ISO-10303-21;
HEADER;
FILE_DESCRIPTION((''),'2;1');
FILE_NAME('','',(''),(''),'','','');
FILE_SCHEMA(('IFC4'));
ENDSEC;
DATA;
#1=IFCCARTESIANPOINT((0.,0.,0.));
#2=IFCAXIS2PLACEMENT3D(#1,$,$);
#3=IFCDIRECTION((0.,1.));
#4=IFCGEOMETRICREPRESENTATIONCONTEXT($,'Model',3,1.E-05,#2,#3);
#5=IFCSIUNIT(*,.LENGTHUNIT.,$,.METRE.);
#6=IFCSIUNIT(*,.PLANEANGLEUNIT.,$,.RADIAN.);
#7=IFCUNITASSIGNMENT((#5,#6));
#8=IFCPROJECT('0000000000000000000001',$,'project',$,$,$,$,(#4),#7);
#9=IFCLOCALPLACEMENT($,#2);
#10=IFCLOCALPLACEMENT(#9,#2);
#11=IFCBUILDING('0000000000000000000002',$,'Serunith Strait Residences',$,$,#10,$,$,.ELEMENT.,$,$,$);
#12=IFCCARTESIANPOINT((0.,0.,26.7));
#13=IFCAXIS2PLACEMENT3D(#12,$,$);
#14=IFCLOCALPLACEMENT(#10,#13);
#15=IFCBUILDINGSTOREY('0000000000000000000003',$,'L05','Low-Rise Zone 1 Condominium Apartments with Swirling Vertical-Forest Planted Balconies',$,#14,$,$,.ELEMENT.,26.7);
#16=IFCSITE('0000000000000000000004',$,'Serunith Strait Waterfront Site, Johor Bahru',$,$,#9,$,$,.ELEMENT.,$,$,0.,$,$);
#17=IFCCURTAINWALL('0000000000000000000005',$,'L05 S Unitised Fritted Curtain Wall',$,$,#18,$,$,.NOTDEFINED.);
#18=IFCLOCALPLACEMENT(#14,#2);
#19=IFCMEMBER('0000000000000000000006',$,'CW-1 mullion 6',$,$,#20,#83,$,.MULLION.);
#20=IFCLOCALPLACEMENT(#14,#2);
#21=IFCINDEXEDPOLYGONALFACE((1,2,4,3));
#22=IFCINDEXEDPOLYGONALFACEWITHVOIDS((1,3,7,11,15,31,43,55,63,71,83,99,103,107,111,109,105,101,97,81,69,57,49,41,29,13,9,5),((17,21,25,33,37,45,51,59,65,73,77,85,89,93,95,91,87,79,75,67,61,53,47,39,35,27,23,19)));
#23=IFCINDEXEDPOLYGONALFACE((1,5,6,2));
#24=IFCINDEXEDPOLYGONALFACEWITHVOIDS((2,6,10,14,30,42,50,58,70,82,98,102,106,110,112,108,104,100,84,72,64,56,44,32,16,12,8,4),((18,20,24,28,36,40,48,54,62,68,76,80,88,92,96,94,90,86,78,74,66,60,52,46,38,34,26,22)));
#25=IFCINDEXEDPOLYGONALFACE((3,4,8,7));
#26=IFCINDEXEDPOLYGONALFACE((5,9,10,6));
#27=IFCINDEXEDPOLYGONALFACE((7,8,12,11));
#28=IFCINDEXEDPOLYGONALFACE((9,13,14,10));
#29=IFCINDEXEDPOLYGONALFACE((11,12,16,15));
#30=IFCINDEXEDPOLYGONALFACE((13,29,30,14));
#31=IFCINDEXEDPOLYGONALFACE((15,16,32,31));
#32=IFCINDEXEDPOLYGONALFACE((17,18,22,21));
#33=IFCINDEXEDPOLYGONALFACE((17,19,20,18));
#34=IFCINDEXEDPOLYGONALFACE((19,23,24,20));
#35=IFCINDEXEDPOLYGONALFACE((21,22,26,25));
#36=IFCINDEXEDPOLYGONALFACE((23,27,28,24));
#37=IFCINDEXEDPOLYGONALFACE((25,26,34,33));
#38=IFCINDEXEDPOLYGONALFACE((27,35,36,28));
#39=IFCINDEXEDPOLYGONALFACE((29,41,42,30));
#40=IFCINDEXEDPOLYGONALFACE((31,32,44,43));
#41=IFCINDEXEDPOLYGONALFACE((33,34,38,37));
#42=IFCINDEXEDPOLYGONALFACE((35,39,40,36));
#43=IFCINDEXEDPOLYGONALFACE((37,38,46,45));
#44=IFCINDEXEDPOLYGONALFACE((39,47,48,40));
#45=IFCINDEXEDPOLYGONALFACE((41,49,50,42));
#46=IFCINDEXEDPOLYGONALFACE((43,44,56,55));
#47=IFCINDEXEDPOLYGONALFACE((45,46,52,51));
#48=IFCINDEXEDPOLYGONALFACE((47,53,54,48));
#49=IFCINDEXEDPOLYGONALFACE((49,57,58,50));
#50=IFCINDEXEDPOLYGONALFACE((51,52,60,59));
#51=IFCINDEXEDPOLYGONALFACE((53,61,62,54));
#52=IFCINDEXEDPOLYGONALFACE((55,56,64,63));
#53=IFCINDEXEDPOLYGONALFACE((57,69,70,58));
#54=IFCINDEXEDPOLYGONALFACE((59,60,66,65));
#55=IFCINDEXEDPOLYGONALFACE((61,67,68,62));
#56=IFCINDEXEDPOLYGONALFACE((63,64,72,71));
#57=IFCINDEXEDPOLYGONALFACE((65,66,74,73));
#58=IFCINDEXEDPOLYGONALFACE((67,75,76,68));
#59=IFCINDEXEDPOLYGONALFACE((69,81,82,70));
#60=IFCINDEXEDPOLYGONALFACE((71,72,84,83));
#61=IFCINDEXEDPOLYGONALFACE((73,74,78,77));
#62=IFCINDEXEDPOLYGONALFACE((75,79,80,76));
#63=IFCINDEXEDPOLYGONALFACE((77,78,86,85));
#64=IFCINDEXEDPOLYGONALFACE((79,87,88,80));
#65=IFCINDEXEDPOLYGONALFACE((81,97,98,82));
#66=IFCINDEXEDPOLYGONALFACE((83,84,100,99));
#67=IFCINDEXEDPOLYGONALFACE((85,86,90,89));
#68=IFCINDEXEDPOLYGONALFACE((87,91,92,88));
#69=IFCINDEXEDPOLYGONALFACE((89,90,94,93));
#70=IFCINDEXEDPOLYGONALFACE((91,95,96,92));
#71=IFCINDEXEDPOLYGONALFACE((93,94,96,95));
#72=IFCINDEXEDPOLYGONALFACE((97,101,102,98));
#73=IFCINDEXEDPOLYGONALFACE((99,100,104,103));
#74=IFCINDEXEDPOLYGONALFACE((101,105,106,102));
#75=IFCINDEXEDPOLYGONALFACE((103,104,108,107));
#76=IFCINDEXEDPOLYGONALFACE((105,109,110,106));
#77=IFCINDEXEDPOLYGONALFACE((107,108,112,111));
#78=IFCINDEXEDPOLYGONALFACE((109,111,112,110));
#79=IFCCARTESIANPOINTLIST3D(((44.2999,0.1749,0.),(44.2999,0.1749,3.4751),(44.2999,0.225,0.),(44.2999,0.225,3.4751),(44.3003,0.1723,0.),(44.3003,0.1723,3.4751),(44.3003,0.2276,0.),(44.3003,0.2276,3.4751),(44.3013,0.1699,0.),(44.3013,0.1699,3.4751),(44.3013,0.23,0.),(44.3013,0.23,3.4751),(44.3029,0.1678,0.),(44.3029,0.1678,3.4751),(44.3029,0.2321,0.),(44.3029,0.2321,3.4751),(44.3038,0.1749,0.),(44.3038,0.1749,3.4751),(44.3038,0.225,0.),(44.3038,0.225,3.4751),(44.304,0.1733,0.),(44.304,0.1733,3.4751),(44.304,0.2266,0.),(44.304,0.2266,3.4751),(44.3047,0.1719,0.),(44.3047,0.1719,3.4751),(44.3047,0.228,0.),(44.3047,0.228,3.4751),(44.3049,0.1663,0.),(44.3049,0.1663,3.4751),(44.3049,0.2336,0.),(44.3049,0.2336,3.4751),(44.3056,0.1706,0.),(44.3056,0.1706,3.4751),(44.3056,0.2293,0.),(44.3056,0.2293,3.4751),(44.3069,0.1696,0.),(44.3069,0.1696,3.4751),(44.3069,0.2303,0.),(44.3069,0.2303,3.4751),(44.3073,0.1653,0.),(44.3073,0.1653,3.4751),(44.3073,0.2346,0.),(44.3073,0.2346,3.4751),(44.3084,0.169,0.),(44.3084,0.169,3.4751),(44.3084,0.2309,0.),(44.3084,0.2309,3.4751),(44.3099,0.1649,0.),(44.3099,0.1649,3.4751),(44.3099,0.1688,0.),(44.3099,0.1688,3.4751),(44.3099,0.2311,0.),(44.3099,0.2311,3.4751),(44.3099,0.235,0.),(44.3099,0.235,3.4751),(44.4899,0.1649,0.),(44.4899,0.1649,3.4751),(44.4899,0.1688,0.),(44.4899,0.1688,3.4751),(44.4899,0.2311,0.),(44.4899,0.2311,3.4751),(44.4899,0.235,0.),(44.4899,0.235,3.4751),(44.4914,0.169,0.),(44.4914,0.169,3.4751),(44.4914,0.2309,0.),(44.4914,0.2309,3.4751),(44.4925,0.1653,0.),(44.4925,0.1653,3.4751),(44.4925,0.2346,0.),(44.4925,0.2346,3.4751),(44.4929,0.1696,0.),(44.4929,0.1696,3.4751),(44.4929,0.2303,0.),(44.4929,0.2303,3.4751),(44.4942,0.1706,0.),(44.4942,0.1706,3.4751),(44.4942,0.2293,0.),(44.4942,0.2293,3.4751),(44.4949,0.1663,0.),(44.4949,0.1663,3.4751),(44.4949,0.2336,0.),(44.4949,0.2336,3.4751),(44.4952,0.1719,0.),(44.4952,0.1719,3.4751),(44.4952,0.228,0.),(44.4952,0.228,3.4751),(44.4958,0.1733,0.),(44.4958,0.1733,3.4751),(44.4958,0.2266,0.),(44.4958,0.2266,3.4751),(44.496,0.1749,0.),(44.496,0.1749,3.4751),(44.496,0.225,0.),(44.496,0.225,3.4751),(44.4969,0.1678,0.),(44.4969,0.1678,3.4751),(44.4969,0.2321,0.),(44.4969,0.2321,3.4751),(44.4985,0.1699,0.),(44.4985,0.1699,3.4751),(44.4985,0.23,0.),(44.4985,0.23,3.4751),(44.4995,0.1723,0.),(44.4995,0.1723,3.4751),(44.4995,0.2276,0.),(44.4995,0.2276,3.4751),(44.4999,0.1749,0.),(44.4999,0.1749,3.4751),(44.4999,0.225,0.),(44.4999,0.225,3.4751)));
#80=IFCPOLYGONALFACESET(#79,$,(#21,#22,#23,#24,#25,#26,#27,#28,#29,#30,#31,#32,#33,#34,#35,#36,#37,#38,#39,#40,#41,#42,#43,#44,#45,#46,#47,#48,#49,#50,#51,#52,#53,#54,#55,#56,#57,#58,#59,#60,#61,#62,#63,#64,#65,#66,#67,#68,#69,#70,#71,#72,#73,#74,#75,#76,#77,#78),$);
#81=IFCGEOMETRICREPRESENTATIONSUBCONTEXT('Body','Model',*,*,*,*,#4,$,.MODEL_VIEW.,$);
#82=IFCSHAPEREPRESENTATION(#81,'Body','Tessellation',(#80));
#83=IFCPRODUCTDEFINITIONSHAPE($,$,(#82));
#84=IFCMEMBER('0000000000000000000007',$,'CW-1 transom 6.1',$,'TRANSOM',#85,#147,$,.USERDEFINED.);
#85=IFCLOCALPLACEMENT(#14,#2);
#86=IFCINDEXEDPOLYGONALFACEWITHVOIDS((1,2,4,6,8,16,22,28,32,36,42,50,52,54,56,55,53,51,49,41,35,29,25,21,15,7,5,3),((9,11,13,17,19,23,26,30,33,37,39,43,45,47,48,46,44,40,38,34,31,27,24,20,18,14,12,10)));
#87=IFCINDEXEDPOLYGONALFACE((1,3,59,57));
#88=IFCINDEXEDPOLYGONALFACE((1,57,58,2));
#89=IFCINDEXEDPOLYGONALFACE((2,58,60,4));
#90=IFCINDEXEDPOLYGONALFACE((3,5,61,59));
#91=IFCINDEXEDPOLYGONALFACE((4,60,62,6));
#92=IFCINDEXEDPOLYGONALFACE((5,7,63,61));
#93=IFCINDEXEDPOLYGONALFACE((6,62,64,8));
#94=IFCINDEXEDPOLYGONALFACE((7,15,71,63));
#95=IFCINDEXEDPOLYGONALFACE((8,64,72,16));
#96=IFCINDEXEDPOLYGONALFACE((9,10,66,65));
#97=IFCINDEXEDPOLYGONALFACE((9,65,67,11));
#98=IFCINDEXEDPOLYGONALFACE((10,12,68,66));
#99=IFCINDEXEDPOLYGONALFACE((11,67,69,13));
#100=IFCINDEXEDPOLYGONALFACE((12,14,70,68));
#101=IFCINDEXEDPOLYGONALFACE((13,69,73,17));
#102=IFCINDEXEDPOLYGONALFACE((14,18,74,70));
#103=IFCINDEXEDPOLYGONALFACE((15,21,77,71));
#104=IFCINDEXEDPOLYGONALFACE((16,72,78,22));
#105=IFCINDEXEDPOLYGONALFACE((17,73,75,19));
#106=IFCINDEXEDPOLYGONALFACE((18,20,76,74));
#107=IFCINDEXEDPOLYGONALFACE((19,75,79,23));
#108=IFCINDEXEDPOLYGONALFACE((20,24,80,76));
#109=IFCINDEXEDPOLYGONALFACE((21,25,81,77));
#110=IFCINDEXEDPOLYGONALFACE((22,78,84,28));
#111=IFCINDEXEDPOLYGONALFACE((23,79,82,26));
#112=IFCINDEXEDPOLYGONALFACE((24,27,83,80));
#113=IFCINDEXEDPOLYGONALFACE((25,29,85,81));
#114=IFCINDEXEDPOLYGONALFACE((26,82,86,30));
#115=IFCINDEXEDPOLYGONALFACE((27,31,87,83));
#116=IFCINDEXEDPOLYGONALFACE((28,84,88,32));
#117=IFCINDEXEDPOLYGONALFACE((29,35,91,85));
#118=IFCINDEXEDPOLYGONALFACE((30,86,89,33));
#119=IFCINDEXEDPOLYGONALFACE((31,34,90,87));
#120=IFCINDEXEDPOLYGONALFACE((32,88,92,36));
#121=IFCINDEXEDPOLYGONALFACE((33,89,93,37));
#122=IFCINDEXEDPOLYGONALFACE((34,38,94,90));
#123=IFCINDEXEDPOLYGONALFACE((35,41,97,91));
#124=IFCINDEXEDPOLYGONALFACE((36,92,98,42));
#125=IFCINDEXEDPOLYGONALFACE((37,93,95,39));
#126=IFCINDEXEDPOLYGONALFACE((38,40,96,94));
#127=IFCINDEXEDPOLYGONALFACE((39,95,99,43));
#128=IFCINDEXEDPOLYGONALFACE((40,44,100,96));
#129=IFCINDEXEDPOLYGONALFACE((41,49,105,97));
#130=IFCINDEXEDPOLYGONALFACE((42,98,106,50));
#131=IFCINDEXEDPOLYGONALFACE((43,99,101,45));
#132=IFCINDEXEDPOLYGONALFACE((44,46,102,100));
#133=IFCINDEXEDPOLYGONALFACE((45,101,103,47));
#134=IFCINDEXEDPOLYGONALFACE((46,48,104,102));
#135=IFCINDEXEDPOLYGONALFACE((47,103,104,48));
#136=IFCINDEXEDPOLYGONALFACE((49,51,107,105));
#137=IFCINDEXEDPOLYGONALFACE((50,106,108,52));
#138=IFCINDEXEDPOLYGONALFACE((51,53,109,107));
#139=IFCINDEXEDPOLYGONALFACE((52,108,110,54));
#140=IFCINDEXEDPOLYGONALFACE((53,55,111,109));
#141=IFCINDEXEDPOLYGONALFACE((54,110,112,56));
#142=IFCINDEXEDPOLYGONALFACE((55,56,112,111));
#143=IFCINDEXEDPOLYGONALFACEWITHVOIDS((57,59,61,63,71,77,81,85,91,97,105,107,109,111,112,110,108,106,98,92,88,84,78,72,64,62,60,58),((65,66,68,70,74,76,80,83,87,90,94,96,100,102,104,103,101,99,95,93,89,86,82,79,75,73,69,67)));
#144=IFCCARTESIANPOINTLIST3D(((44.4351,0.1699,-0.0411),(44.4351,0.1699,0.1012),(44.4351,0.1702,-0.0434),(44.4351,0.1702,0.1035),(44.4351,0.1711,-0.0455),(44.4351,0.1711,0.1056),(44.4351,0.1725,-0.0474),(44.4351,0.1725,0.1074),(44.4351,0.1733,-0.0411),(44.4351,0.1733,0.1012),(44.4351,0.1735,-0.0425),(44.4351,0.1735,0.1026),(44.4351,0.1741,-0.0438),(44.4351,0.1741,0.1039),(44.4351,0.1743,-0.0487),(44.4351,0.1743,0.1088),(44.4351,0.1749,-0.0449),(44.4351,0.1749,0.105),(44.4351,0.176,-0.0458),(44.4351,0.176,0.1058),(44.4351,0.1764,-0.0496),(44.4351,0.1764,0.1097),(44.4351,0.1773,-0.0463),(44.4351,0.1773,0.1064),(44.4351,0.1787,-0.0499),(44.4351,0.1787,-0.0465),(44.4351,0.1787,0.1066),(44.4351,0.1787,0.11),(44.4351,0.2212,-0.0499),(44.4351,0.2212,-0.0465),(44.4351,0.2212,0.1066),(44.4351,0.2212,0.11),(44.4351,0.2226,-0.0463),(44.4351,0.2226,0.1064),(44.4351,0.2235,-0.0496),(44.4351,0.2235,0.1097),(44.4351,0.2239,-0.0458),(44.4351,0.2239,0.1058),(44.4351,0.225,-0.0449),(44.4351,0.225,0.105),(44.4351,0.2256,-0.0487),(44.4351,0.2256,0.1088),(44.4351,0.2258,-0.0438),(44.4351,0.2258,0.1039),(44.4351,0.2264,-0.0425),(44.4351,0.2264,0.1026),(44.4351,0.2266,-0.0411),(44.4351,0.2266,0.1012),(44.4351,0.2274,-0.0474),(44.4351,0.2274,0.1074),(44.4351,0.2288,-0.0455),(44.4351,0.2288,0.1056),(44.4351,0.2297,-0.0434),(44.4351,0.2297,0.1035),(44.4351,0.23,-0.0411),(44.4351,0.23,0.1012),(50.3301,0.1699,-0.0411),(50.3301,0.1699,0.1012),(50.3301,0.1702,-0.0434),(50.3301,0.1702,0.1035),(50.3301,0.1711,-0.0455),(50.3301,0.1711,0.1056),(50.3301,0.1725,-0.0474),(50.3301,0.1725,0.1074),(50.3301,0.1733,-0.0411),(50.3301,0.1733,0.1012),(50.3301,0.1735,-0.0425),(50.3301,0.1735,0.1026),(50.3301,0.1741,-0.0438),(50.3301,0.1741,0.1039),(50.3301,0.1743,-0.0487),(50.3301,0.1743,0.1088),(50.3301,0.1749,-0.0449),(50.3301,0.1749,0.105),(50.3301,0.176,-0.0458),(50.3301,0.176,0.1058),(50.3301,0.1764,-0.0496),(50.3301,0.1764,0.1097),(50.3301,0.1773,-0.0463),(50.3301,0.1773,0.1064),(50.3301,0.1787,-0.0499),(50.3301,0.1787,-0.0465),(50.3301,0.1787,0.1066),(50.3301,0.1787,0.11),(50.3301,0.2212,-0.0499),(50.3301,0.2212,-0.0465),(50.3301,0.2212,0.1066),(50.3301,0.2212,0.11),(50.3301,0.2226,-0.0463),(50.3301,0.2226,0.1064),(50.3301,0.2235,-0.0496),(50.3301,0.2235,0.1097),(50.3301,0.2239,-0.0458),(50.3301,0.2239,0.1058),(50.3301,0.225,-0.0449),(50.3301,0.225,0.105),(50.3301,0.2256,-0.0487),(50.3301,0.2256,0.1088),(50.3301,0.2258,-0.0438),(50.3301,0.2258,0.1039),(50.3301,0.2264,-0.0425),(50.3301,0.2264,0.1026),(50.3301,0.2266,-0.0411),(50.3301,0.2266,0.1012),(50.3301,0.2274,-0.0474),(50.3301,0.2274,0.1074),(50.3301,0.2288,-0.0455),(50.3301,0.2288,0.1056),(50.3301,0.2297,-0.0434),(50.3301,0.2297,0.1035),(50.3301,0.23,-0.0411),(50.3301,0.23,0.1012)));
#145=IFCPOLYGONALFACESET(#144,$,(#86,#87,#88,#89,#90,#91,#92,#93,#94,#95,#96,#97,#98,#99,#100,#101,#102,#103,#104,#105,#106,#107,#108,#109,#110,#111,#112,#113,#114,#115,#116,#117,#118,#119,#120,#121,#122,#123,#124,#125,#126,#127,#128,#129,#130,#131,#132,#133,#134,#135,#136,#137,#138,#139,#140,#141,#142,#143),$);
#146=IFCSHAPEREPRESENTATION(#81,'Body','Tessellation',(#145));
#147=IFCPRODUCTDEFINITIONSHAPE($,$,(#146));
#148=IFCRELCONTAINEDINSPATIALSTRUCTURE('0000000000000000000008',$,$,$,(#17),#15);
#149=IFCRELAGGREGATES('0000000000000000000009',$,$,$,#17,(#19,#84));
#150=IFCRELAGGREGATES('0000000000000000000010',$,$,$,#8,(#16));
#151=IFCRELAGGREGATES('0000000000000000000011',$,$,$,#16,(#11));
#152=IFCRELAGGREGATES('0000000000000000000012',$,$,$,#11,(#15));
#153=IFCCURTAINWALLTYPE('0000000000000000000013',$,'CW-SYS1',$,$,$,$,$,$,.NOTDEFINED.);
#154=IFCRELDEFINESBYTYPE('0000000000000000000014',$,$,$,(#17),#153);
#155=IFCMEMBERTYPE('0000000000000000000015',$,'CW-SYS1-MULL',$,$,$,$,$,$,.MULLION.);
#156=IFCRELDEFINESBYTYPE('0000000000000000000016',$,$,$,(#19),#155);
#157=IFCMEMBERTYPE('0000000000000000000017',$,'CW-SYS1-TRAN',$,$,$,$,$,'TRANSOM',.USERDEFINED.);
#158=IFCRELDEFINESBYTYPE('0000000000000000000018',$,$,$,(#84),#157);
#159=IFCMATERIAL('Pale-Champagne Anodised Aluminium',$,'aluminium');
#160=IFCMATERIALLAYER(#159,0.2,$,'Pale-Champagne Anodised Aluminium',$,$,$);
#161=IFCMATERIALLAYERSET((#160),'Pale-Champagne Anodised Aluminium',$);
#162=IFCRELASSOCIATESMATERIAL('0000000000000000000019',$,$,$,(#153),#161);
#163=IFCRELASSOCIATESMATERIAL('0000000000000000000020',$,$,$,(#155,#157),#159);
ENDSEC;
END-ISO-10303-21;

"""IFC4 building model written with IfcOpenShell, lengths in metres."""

from ifc_helpers import new_model, si_unit, direction, frame, origin, origin_2d, place, context, subcontext, project, spatial, hollow_rectangle, extrude, source, transform, mapped, material, layer, layer_set, material_profile, profile_set, type_object, element, aggregate, save


model = new_model("IFC4")

# Units and contexts
model_context = context("Model", 3, precision=1e-05, world=origin(), true_north=direction((0.0, 1.0)))
body_context = subcontext(model_context, "Body", "Model", "MODEL_VIEW")
ifc_project = project(units=[si_unit("LENGTHUNIT", "METRE"), si_unit("PLANEANGLEUNIT", "RADIAN")], contexts=[model_context])

# Site, building, storey
site_placement = place(None, origin())
site = spatial("IfcSite", under=ifc_project, at=site_placement, Name="Serunith Strait Waterfront Site, Johor Bahru", CompositionType="ELEMENT", RefElevation=0.0)
building_placement = place(site_placement, origin())
building = spatial("IfcBuilding", under=site, at=building_placement, Name="Serunith Strait Residences", CompositionType="ELEMENT")
storey_placement = place(building_placement, frame((0.0, 0.0, 26.7)))
storey = spatial("IfcBuildingStorey", under=building, at=storey_placement, Name="L05", Description="Low-Rise Zone 1 Condominium Apartments with Swirling Vertical-Forest Planted Balconies", CompositionType="ELEMENT", Elevation=26.7)

# Curtain wall, members
ifc_material_1 = material(Name="Pale-Champagne Anodised Aluminium", Category="aluminium")
ifc_layer_1 = layer(ifc_material_1, 0.2, Name="Pale-Champagne Anodised Aluminium")
ifc_layer_set_1 = layer_set([ifc_layer_1], Name="Pale-Champagne Anodised Aluminium")
curtain_wall_type = type_object("IfcCurtainWallType", Name="CW-SYS1", PredefinedType="NOTDEFINED", material=ifc_layer_set_1)
curtain_wall_placement = place(storey_placement, origin())
curtain_wall = element("IfcCurtainWall", 1, at=curtain_wall_placement, inside=storey, type_object=curtain_wall_type, Name="L05 S Unitised Fritted Curtain Wall", PredefinedType="NOTDEFINED")
ifc_material_profile_1 = material_profile(ifc_material_1, hollow_rectangle(XDim=0.0701, YDim=0.2, WallThickness=0.0039, InnerFilletRadius=0.0061, OuterFilletRadius=0.01, at=origin_2d()), Name="ALU 200x70x4")
ifc_profile_set_1 = profile_set([ifc_material_profile_1], Name="Pale-Champagne Anodised Aluminium")
member_type_1 = type_object("IfcMemberType", Name="CW-SYS1-MULL", PredefinedType="MULLION", material=ifc_profile_set_1)
shared_shape_1 = source(origin(), body_context, "Body", "SweptSolid", [
    extrude(hollow_rectangle(XDim=0.0701, YDim=0.2, WallThickness=0.0039, InnerFilletRadius=0.0061, OuterFilletRadius=0.01, at=origin_2d()), origin(), (0.0, 0.0, 1.0), 3.4751),
])
member_1_placement = place(storey_placement, frame((44.3999, 0.2, 0.0), z_axis=(0.0, 0.0, 1.0), x_axis=(0.0, 1.0, 0.0)))
member_1 = element("IfcMember", 2, at=member_1_placement, type_object=member_type_1, Name="CW-1 mullion 6", PredefinedType="MULLION", context=body_context, shape_type="MappedRepresentation", body=[
    mapped(shared_shape_1, transform((0.0, 0.0, 0.0), scale=1.0)),
])
ifc_material_profile_2 = material_profile(ifc_material_1, hollow_rectangle(XDim=0.0601, YDim=0.1599, WallThickness=0.0034, InnerFilletRadius=0.0054, OuterFilletRadius=0.0088, at=origin_2d()), Name="ALU 160x60x3.5")
ifc_profile_set_2 = profile_set([ifc_material_profile_2], Name="Pale-Champagne Anodised Aluminium")
member_type_2 = type_object("IfcMemberType", Name="CW-SYS1-TRAN", ElementType="TRANSOM", PredefinedType="USERDEFINED", material=ifc_profile_set_2)
shared_shape_2 = source(origin(), body_context, "Body", "SweptSolid", [
    extrude(hollow_rectangle(XDim=0.0601, YDim=0.1599, WallThickness=0.0034, InnerFilletRadius=0.0054, OuterFilletRadius=0.0088, at=origin_2d()), origin(), (0.0, 0.0, 1.0), 5.895),
])
member_2_placement = place(storey_placement, frame((44.4351, 0.2, 0.03), z_axis=(1.0, 0.0, 0.0), x_axis=(0.0, 1.0, 0.0)))
member_2 = element("IfcMember", 3, at=member_2_placement, type_object=member_type_2, Name="CW-1 transom 6.1", ObjectType="TRANSOM", PredefinedType="USERDEFINED", context=body_context, shape_type="MappedRepresentation", body=[
    mapped(shared_shape_2, transform((0.0, 0.0, 0.0), scale=1.0)),
])
aggregate(curtain_wall, [member_1, member_2])

save(model, "model.ifc")
